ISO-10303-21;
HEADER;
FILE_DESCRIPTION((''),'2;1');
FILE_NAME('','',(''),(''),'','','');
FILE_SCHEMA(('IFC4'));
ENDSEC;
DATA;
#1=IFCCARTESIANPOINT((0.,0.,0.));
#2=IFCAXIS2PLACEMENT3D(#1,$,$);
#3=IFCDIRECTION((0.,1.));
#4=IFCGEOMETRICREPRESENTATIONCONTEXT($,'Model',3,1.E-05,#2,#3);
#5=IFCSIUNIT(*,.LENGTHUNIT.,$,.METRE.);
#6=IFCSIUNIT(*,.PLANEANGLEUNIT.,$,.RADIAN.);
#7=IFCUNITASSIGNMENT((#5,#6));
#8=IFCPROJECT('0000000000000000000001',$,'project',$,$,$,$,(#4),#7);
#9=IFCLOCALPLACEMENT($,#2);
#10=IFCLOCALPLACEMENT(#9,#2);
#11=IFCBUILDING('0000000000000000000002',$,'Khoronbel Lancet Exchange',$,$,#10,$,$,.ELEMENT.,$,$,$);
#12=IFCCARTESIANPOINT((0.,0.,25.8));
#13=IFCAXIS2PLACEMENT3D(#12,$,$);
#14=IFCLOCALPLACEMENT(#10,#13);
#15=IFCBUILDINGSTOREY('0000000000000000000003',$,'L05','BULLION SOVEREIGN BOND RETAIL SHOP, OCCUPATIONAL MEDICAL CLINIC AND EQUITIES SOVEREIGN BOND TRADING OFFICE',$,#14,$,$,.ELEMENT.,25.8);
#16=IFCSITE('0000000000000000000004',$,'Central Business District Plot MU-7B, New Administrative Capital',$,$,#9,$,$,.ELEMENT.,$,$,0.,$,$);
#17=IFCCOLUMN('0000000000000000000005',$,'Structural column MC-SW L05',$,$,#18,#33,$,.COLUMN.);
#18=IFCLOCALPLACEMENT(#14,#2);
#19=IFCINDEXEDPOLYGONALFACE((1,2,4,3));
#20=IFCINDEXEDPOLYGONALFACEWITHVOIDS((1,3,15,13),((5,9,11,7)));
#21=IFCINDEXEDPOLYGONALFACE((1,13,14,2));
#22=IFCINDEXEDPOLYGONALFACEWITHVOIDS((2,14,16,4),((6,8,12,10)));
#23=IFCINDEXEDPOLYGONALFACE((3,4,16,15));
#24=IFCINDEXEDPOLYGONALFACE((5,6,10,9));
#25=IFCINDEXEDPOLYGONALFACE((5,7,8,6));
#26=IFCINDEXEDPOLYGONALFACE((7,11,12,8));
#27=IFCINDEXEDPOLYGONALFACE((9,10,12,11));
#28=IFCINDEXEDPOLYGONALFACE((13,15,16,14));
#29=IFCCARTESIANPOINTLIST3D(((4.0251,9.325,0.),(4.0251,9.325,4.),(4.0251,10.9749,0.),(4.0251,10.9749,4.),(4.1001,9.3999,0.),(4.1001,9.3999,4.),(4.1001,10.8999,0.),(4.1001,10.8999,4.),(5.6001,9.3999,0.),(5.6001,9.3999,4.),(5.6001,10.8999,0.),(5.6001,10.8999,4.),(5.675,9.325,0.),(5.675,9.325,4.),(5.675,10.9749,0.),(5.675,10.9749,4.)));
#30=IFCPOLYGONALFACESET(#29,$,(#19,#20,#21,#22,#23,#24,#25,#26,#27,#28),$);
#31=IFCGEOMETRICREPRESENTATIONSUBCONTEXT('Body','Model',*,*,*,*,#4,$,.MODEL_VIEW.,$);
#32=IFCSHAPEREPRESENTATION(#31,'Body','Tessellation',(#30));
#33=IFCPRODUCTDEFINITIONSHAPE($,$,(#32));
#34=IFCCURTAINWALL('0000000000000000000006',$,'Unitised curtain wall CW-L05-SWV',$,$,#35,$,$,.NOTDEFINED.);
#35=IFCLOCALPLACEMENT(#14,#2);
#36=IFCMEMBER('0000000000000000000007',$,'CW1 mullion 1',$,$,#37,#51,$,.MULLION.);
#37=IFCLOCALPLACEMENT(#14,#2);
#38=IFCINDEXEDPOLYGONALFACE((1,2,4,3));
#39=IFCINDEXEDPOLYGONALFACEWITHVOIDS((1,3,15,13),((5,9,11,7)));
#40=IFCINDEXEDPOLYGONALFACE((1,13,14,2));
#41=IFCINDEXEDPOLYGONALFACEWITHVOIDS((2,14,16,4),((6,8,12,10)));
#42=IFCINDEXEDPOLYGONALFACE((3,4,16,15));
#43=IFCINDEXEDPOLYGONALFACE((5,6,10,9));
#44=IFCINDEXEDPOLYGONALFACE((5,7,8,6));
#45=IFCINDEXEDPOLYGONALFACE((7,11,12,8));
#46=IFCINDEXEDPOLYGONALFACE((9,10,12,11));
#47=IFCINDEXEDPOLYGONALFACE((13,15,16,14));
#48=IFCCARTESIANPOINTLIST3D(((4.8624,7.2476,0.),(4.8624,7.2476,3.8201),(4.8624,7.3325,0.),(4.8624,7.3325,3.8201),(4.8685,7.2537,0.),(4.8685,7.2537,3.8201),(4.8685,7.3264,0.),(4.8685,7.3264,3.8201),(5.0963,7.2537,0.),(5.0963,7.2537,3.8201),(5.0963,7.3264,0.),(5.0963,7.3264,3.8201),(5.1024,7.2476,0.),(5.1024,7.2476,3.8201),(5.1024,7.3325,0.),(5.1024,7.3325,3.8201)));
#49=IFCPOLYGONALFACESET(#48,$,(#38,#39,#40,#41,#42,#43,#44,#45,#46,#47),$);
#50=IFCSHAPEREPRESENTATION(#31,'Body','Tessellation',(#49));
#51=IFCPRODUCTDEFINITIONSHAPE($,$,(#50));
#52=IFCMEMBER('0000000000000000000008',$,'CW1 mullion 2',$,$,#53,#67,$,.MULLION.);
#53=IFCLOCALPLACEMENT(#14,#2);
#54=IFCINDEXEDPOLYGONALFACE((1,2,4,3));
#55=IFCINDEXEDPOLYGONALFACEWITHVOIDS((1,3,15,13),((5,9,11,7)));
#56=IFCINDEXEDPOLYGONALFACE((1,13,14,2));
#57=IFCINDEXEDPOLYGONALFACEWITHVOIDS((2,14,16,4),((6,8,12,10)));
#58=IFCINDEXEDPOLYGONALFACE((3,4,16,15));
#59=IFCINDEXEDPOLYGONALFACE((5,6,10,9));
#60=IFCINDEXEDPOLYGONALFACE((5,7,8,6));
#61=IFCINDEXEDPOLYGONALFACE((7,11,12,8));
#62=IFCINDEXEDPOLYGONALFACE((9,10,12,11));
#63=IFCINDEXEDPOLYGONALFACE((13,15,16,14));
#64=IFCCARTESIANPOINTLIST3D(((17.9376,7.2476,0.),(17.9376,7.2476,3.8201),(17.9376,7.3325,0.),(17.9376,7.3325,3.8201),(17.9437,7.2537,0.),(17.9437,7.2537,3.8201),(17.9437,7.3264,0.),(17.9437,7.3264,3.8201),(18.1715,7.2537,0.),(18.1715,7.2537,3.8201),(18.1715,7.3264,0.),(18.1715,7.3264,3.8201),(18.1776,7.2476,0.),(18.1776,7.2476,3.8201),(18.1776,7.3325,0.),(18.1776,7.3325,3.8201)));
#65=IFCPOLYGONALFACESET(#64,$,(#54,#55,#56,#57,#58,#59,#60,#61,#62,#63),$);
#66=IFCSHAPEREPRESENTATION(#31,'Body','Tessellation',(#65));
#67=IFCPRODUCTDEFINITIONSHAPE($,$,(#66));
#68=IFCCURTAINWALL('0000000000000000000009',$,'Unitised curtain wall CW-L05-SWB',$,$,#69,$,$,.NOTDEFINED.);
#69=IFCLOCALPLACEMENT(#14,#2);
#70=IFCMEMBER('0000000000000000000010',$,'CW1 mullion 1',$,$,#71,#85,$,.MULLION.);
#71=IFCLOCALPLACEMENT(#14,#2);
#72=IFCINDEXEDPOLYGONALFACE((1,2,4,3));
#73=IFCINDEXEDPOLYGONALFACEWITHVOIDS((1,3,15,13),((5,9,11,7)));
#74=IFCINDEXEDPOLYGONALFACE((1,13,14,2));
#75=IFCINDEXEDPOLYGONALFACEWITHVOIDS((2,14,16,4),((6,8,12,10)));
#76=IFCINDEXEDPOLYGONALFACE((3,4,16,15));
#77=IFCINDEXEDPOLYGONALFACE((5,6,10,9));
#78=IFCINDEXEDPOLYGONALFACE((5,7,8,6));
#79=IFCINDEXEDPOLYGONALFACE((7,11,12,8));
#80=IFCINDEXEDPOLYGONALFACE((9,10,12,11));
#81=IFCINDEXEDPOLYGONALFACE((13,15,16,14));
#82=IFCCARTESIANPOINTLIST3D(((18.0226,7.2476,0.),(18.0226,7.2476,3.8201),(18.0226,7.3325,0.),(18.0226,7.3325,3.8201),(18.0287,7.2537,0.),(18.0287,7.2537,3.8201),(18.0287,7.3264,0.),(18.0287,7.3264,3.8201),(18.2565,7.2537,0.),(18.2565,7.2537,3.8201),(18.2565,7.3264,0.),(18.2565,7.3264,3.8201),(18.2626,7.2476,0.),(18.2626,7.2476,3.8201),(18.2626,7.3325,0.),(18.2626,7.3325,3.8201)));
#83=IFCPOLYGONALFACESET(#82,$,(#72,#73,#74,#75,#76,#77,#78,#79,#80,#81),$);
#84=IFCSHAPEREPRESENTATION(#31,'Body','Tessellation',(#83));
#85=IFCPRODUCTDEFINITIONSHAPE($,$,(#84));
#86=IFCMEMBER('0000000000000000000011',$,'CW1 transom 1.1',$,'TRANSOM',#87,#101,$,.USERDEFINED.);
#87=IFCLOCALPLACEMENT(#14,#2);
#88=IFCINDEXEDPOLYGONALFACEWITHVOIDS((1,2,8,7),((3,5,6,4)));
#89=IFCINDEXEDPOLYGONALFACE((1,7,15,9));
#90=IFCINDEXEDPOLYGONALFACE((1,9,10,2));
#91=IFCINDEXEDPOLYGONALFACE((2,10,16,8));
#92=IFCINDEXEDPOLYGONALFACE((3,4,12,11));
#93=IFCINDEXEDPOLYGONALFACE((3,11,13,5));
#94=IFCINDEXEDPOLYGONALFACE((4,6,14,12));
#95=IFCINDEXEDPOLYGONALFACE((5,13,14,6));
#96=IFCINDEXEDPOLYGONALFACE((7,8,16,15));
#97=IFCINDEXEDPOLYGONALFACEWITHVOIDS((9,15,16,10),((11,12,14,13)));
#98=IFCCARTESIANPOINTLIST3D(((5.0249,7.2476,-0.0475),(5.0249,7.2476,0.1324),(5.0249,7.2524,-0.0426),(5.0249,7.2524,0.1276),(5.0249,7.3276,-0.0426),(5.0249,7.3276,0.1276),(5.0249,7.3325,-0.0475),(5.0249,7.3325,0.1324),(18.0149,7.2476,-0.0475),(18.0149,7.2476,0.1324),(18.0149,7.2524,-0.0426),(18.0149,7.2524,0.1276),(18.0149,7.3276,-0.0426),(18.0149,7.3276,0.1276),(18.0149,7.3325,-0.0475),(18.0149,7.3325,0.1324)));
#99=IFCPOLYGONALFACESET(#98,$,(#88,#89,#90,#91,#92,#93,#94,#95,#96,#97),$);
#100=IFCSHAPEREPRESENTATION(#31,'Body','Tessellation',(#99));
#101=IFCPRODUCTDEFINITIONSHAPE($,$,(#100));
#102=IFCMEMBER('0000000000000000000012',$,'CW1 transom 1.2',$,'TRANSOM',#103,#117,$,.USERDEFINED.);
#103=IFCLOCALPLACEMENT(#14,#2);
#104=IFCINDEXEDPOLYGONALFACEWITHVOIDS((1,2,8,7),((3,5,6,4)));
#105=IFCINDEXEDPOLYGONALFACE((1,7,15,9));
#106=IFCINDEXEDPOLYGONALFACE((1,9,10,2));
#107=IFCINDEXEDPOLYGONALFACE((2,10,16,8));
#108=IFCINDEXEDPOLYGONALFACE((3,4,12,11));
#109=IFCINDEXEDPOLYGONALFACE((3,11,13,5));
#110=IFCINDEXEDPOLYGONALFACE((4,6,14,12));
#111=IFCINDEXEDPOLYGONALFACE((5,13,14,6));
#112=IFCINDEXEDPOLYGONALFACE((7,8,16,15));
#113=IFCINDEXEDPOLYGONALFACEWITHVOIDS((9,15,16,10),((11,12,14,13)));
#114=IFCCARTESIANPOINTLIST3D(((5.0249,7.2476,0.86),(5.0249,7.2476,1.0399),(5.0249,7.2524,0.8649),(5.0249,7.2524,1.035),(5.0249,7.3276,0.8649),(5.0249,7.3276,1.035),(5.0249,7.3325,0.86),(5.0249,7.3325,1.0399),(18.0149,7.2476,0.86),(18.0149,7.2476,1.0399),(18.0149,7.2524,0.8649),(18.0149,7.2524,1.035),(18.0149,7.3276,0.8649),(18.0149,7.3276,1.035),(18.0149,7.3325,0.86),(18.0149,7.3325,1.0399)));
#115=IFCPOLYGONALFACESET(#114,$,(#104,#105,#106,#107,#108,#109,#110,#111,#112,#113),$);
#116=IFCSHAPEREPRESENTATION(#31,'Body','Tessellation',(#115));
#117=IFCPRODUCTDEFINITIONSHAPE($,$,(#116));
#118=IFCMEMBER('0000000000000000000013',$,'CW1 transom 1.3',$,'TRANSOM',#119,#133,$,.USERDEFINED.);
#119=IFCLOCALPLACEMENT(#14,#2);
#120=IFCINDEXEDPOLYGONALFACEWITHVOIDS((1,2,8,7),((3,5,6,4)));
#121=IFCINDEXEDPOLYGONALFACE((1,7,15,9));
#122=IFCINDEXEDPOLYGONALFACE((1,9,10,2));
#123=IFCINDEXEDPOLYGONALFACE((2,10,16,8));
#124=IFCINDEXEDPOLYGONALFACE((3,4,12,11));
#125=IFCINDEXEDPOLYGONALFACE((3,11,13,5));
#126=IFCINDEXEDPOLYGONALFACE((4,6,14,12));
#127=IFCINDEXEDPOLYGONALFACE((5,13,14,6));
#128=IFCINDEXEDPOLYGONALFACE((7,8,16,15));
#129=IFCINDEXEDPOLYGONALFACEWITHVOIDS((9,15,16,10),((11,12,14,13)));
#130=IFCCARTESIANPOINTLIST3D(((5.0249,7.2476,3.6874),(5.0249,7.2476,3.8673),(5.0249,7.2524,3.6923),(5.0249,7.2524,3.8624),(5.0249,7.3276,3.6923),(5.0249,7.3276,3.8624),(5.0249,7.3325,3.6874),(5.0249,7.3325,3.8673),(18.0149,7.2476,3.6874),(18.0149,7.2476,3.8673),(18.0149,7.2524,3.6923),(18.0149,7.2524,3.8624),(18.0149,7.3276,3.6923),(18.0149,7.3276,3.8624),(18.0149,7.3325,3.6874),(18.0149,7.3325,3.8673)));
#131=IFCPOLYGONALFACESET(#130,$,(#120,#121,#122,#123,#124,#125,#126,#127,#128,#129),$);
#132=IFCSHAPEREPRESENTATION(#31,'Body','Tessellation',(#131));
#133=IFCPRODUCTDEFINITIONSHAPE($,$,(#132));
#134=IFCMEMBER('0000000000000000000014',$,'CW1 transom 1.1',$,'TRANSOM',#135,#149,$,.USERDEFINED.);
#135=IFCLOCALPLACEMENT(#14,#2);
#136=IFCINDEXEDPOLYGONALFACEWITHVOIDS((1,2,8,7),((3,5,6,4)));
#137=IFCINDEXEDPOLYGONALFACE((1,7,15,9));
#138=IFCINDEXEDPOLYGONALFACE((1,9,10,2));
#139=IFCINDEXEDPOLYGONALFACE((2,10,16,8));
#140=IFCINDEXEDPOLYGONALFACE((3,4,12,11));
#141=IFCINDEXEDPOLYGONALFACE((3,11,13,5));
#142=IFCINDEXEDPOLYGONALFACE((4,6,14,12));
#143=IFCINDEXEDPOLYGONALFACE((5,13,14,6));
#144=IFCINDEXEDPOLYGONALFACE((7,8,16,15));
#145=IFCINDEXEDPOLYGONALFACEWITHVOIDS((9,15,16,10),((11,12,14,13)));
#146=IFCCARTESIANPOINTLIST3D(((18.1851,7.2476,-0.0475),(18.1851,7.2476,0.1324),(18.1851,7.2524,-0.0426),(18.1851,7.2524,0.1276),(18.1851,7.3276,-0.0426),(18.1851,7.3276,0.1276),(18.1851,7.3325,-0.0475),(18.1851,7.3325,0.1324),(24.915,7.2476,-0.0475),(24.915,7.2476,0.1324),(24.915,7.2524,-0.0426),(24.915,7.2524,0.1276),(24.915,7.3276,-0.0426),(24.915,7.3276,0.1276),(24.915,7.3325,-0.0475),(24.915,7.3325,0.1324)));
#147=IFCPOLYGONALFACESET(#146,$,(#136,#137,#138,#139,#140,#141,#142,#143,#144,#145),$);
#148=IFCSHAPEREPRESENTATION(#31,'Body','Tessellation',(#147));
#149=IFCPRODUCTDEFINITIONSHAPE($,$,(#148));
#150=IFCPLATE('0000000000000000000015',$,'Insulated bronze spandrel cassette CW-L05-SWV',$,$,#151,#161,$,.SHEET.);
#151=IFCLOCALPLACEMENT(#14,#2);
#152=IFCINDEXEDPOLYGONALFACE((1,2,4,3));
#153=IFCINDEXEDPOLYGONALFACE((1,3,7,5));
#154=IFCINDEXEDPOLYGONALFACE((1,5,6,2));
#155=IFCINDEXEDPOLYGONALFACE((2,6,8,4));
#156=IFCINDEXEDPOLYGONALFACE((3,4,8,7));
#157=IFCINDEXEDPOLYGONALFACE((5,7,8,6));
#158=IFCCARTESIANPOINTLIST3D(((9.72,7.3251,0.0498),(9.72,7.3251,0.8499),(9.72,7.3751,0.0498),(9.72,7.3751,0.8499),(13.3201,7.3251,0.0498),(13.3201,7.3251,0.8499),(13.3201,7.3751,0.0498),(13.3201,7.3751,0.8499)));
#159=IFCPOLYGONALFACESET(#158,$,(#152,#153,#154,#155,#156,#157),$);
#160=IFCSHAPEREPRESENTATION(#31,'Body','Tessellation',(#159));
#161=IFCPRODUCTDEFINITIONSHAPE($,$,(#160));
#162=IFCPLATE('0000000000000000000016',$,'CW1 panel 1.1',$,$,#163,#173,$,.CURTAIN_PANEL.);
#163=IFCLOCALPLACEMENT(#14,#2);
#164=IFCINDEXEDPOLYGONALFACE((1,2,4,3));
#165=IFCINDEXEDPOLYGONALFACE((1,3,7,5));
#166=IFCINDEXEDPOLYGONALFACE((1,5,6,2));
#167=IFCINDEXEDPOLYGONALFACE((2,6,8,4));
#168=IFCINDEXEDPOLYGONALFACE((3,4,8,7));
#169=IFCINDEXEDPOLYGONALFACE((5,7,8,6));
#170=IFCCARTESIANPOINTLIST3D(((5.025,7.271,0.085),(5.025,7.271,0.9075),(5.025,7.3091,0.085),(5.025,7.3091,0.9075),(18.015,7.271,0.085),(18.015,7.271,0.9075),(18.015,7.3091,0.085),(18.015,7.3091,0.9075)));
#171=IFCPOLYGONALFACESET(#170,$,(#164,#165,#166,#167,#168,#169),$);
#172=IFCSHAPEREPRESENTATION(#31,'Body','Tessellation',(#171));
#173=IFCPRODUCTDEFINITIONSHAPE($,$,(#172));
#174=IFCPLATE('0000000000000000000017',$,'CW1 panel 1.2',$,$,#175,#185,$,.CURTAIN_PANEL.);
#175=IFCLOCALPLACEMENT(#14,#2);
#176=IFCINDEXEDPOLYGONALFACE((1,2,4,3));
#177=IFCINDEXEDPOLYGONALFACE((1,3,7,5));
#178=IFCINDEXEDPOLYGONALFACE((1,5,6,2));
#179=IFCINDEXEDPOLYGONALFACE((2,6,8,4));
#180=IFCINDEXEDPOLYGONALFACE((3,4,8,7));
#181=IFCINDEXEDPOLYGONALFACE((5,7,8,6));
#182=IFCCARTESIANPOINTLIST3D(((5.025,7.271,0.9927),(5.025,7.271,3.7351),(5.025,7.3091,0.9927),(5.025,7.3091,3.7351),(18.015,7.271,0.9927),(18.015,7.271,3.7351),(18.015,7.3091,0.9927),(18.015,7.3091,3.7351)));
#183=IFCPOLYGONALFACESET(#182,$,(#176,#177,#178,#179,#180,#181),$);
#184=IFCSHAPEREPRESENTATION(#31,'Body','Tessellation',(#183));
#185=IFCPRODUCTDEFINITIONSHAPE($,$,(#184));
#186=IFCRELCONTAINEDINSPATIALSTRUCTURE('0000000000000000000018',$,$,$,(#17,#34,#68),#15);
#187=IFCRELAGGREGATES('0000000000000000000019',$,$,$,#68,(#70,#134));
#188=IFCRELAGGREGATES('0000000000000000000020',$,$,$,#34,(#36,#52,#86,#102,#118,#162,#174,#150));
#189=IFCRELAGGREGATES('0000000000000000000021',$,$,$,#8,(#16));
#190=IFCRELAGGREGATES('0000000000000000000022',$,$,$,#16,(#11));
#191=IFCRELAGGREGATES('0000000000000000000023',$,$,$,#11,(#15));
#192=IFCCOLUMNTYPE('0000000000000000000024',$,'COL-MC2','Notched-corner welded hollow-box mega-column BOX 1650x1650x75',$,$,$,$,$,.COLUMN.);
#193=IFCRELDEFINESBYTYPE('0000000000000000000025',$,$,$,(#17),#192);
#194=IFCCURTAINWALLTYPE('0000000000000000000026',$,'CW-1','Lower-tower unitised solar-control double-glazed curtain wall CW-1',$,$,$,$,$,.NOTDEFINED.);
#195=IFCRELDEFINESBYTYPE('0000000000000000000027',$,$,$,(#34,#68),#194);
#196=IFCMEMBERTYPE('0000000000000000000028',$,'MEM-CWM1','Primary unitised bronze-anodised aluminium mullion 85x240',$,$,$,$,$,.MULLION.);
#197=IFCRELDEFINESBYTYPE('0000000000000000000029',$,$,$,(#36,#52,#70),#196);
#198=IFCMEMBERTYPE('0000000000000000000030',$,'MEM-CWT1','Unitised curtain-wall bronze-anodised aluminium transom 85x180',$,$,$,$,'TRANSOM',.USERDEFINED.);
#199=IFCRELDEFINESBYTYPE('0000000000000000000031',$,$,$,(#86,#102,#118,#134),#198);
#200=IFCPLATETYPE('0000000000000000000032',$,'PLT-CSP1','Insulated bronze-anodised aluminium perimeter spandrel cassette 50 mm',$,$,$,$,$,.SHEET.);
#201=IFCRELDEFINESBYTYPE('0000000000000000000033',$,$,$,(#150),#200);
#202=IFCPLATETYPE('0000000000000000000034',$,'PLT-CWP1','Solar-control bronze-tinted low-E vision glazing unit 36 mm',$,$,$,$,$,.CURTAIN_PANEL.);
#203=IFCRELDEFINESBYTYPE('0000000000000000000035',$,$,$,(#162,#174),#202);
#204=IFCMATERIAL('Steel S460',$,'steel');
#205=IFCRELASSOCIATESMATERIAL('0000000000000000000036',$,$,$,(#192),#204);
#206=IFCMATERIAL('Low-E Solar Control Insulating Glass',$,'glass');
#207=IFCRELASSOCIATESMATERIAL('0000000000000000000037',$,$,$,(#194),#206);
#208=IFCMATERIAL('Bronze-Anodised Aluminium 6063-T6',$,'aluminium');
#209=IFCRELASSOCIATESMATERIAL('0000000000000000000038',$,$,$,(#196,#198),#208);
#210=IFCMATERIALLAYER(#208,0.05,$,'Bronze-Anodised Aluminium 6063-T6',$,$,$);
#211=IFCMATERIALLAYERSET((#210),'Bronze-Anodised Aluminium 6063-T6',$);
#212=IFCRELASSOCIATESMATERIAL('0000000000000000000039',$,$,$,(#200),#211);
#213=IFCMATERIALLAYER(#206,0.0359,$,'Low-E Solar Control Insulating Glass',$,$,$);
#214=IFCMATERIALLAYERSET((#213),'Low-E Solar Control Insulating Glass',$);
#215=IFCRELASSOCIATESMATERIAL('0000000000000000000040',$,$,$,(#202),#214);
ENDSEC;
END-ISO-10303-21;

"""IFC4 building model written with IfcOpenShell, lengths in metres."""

from ifc_helpers import new_model, si_unit, direction, frame, origin, origin_2d, place, context, subcontext, project, spatial, rectangle, hollow_rectangle, extrude, material, layer, layer_set, material_profile, profile_set, type_object, element, aggregate, save


model = new_model("IFC4")

# Units and contexts
model_context = context("Model", 3, precision=1e-05, world=origin(), true_north=direction((0.0, 1.0)))
body_context = subcontext(model_context, "Body", "Model", "MODEL_VIEW")
ifc_project = project(units=[si_unit("LENGTHUNIT", "METRE"), si_unit("PLANEANGLEUNIT", "RADIAN")], contexts=[model_context])

# Site, building, storey
site_placement = place(None, origin())
site = spatial("IfcSite", under=ifc_project, at=site_placement, Name="Central Business District Plot MU-7B, New Administrative Capital", CompositionType="ELEMENT", RefElevation=0.0)
building_placement = place(site_placement, origin())
building = spatial("IfcBuilding", under=site, at=building_placement, Name="Khoronbel Lancet Exchange", CompositionType="ELEMENT")
storey_placement = place(building_placement, frame((0.0, 0.0, 25.8)))
storey = spatial("IfcBuildingStorey", under=building, at=storey_placement, Name="L05", Description="BULLION SOVEREIGN BOND RETAIL SHOP, OCCUPATIONAL MEDICAL CLINIC AND EQUITIES SOVEREIGN BOND TRADING OFFICE", CompositionType="ELEMENT", Elevation=25.8)

# Column
ifc_material_1 = material(Name="Steel S460", Category="steel")
ifc_material_profile_1 = material_profile(ifc_material_1, hollow_rectangle(XDim=1.6499, YDim=1.6499, WallThickness=0.075, at=origin_2d()), Name="BOX 1650x1650x75")
ifc_profile_set_1 = profile_set([ifc_material_profile_1], Name="Steel S460")
column_type = type_object("IfcColumnType", Name="COL-MC2", Description="Notched-corner welded hollow-box mega-column BOX 1650x1650x75", PredefinedType="COLUMN", material=ifc_profile_set_1)
column_placement = place(storey_placement, frame((4.8501, 10.1499, 0.0), z_axis=(0.0, 0.0, 1.0), x_axis=(1.0, 0.0, 0.0)))
element("IfcColumn", 1, at=column_placement, inside=storey, type_object=column_type, Name="Structural column MC-SW L05", PredefinedType="COLUMN", context=body_context, shape_type="SweptSolid", body=[
    extrude(hollow_rectangle(XDim=1.6499, YDim=1.6499, WallThickness=0.075, at=origin_2d()), origin(), (0.0, 0.0, 1.0), 4.0),
])

# Curtain wall, members
ifc_material_2 = material(Name="Low-E Solar Control Insulating Glass", Category="glass")
curtain_wall_type = type_object("IfcCurtainWallType", Name="CW-1", Description="Lower-tower unitised solar-control double-glazed curtain wall CW-1", PredefinedType="NOTDEFINED", material=ifc_material_2)
curtain_wall_1_placement = place(storey_placement, origin())
curtain_wall_1 = element("IfcCurtainWall", 2, at=curtain_wall_1_placement, inside=storey, type_object=curtain_wall_type, Name="Unitised curtain wall CW-L05-SWV", PredefinedType="NOTDEFINED")
ifc_material_3 = material(Name="Bronze-Anodised Aluminium 6063-T6", Category="aluminium")
ifc_material_profile_2 = material_profile(ifc_material_3, hollow_rectangle(XDim=0.085, YDim=0.24, WallThickness=0.0061, at=origin_2d()), Name="ALU MULLION 85x240")
ifc_profile_set_2 = profile_set([ifc_material_profile_2], Name="Bronze-Anodised Aluminium 6063-T6")
member_type_1 = type_object("IfcMemberType", Name="MEM-CWM1", Description="Primary unitised bronze-anodised aluminium mullion 85x240", PredefinedType="MULLION", material=ifc_profile_set_2)
member_1_placement = place(storey_placement, frame((4.9824, 7.29, 0.0), z_axis=(0.0, 0.0, 1.0), x_axis=(0.0, 1.0, 0.0)))
member_1 = element("IfcMember", 3, at=member_1_placement, type_object=member_type_1, Name="CW1 mullion 1", PredefinedType="MULLION", context=body_context, shape_type="SweptSolid", body=[
    extrude(hollow_rectangle(XDim=0.085, YDim=0.24, WallThickness=0.0061, at=origin_2d()), origin(), (0.0, 0.0, 1.0), 3.8201),
])
member_2_placement = place(storey_placement, frame((18.0576, 7.29, 0.0), z_axis=(0.0, 0.0, 1.0), x_axis=(0.0, 1.0, 0.0)))
member_2 = element("IfcMember", 4, at=member_2_placement, type_object=member_type_1, Name="CW1 mullion 2", PredefinedType="MULLION", context=body_context, shape_type="SweptSolid", body=[
    extrude(hollow_rectangle(XDim=0.085, YDim=0.24, WallThickness=0.0061, at=origin_2d()), origin(), (0.0, 0.0, 1.0), 3.8201),
])

# Curtain wall, member
curtain_wall_2_placement = place(storey_placement, origin())
curtain_wall_2 = element("IfcCurtainWall", 5, at=curtain_wall_2_placement, inside=storey, type_object=curtain_wall_type, Name="Unitised curtain wall CW-L05-SWB", PredefinedType="NOTDEFINED")
member_3_placement = place(storey_placement, frame((18.1426, 7.29, 0.0), z_axis=(0.0, 0.0, 1.0), x_axis=(0.0, 1.0, 0.0)))
member_3 = element("IfcMember", 6, at=member_3_placement, type_object=member_type_1, Name="CW1 mullion 1", PredefinedType="MULLION", context=body_context, shape_type="SweptSolid", body=[
    extrude(hollow_rectangle(XDim=0.085, YDim=0.24, WallThickness=0.0061, at=origin_2d()), origin(), (0.0, 0.0, 1.0), 3.8201),
])

# Members
ifc_material_profile_3 = material_profile(ifc_material_3, hollow_rectangle(XDim=0.085, YDim=0.1799, WallThickness=0.0049, at=origin_2d()), Name="ALU TRANSOM 85x180")
ifc_profile_set_3 = profile_set([ifc_material_profile_3], Name="Bronze-Anodised Aluminium 6063-T6")
member_type_2 = type_object("IfcMemberType", Name="MEM-CWT1", Description="Unitised curtain-wall bronze-anodised aluminium transom 85x180", ElementType="TRANSOM", PredefinedType="USERDEFINED", material=ifc_profile_set_3)
member_4_placement = place(storey_placement, frame((5.0249, 7.29, 0.0425), z_axis=(1.0, 0.0, 0.0), x_axis=(0.0, 1.0, 0.0)))
member_4 = element("IfcMember", 7, at=member_4_placement, type_object=member_type_2, Name="CW1 transom 1.1", ObjectType="TRANSOM", PredefinedType="USERDEFINED", context=body_context, shape_type="SweptSolid", body=[
    extrude(hollow_rectangle(XDim=0.085, YDim=0.1799, WallThickness=0.0049, at=origin_2d()), origin(), (0.0, 0.0, 1.0), 12.99),
])
member_5_placement = place(storey_placement, frame((5.0249, 7.29, 0.95), z_axis=(1.0, 0.0, 0.0), x_axis=(0.0, 1.0, 0.0)))
member_5 = element("IfcMember", 8, at=member_5_placement, type_object=member_type_2, Name="CW1 transom 1.2", ObjectType="TRANSOM", PredefinedType="USERDEFINED", context=body_context, shape_type="SweptSolid", body=[
    extrude(hollow_rectangle(XDim=0.085, YDim=0.1799, WallThickness=0.0049, at=origin_2d()), origin(), (0.0, 0.0, 1.0), 12.99),
])
member_6_placement = place(storey_placement, frame((5.0249, 7.29, 3.7773), z_axis=(1.0, 0.0, 0.0), x_axis=(0.0, 1.0, 0.0)))
member_6 = element("IfcMember", 9, at=member_6_placement, type_object=member_type_2, Name="CW1 transom 1.3", ObjectType="TRANSOM", PredefinedType="USERDEFINED", context=body_context, shape_type="SweptSolid", body=[
    extrude(hollow_rectangle(XDim=0.085, YDim=0.1799, WallThickness=0.0049, at=origin_2d()), origin(), (0.0, 0.0, 1.0), 12.99),
])
member_7_placement = place(storey_placement, frame((18.1851, 7.29, 0.0425), z_axis=(1.0, 0.0, 0.0), x_axis=(0.0, 1.0, 0.0)))
member_7 = element("IfcMember", 10, at=member_7_placement, type_object=member_type_2, Name="CW1 transom 1.1", ObjectType="TRANSOM", PredefinedType="USERDEFINED", context=body_context, shape_type="SweptSolid", body=[
    extrude(hollow_rectangle(XDim=0.085, YDim=0.1799, WallThickness=0.0049, at=origin_2d()), origin(), (0.0, 0.0, 1.0), 6.73),
])
aggregate(curtain_wall_2, [member_3, member_7])

# Plates
ifc_layer_1 = layer(ifc_material_3, 0.05, Name="Bronze-Anodised Aluminium 6063-T6")
ifc_layer_set_1 = layer_set([ifc_layer_1], Name="Bronze-Anodised Aluminium 6063-T6")
plate_type_1 = type_object("IfcPlateType", Name="PLT-CSP1", Description="Insulated bronze-anodised aluminium perimeter spandrel cassette 50 mm", PredefinedType="SHEET", material=ifc_layer_set_1)
plate_1_placement = place(storey_placement, frame((11.52, 7.3501, 0.0498), z_axis=(0.0, 0.0, 1.0), x_axis=(1.0, 0.0, 0.0)))
plate_1 = element("IfcPlate", 11, at=plate_1_placement, type_object=plate_type_1, Name="Insulated bronze spandrel cassette CW-L05-SWV", PredefinedType="SHEET", context=body_context, shape_type="SweptSolid", body=[
    extrude(rectangle(XDim=3.6001, YDim=0.05, at=origin_2d()), origin(), (0.0, 0.0, 1.0), 0.8),
])
ifc_layer_2 = layer(ifc_material_2, 0.0359, Name="Low-E Solar Control Insulating Glass")
ifc_layer_set_2 = layer_set([ifc_layer_2], Name="Low-E Solar Control Insulating Glass")
plate_type_2 = type_object("IfcPlateType", Name="PLT-CWP1", Description="Solar-control bronze-tinted low-E vision glazing unit 36 mm", PredefinedType="CURTAIN_PANEL", material=ifc_layer_set_2)
plate_2_placement = place(storey_placement, frame((11.52, 7.29, 0.085), z_axis=(0.0, 0.0, 1.0), x_axis=(1.0, 0.0, 0.0)))
plate_2 = element("IfcPlate", 12, at=plate_2_placement, type_object=plate_type_2, Name="CW1 panel 1.1", PredefinedType="CURTAIN_PANEL", context=body_context, shape_type="SweptSolid", body=[
    extrude(rectangle(XDim=12.99, YDim=0.0381, at=origin_2d()), origin(), (0.0, 0.0, 1.0), 0.8225),
])
plate_3_placement = place(storey_placement, frame((11.52, 7.29, 0.9927), z_axis=(0.0, 0.0, 1.0), x_axis=(1.0, 0.0, 0.0)))
plate_3 = element("IfcPlate", 13, at=plate_3_placement, type_object=plate_type_2, Name="CW1 panel 1.2", PredefinedType="CURTAIN_PANEL", context=body_context, shape_type="SweptSolid", body=[
    extrude(rectangle(XDim=12.99, YDim=0.0381, at=origin_2d()), origin(), (0.0, 0.0, 1.0), 2.7424),
])
aggregate(curtain_wall_1, [member_1, member_2, member_4, member_5, member_6, plate_2, plate_3, plate_1])

save(model, "model.ifc")
